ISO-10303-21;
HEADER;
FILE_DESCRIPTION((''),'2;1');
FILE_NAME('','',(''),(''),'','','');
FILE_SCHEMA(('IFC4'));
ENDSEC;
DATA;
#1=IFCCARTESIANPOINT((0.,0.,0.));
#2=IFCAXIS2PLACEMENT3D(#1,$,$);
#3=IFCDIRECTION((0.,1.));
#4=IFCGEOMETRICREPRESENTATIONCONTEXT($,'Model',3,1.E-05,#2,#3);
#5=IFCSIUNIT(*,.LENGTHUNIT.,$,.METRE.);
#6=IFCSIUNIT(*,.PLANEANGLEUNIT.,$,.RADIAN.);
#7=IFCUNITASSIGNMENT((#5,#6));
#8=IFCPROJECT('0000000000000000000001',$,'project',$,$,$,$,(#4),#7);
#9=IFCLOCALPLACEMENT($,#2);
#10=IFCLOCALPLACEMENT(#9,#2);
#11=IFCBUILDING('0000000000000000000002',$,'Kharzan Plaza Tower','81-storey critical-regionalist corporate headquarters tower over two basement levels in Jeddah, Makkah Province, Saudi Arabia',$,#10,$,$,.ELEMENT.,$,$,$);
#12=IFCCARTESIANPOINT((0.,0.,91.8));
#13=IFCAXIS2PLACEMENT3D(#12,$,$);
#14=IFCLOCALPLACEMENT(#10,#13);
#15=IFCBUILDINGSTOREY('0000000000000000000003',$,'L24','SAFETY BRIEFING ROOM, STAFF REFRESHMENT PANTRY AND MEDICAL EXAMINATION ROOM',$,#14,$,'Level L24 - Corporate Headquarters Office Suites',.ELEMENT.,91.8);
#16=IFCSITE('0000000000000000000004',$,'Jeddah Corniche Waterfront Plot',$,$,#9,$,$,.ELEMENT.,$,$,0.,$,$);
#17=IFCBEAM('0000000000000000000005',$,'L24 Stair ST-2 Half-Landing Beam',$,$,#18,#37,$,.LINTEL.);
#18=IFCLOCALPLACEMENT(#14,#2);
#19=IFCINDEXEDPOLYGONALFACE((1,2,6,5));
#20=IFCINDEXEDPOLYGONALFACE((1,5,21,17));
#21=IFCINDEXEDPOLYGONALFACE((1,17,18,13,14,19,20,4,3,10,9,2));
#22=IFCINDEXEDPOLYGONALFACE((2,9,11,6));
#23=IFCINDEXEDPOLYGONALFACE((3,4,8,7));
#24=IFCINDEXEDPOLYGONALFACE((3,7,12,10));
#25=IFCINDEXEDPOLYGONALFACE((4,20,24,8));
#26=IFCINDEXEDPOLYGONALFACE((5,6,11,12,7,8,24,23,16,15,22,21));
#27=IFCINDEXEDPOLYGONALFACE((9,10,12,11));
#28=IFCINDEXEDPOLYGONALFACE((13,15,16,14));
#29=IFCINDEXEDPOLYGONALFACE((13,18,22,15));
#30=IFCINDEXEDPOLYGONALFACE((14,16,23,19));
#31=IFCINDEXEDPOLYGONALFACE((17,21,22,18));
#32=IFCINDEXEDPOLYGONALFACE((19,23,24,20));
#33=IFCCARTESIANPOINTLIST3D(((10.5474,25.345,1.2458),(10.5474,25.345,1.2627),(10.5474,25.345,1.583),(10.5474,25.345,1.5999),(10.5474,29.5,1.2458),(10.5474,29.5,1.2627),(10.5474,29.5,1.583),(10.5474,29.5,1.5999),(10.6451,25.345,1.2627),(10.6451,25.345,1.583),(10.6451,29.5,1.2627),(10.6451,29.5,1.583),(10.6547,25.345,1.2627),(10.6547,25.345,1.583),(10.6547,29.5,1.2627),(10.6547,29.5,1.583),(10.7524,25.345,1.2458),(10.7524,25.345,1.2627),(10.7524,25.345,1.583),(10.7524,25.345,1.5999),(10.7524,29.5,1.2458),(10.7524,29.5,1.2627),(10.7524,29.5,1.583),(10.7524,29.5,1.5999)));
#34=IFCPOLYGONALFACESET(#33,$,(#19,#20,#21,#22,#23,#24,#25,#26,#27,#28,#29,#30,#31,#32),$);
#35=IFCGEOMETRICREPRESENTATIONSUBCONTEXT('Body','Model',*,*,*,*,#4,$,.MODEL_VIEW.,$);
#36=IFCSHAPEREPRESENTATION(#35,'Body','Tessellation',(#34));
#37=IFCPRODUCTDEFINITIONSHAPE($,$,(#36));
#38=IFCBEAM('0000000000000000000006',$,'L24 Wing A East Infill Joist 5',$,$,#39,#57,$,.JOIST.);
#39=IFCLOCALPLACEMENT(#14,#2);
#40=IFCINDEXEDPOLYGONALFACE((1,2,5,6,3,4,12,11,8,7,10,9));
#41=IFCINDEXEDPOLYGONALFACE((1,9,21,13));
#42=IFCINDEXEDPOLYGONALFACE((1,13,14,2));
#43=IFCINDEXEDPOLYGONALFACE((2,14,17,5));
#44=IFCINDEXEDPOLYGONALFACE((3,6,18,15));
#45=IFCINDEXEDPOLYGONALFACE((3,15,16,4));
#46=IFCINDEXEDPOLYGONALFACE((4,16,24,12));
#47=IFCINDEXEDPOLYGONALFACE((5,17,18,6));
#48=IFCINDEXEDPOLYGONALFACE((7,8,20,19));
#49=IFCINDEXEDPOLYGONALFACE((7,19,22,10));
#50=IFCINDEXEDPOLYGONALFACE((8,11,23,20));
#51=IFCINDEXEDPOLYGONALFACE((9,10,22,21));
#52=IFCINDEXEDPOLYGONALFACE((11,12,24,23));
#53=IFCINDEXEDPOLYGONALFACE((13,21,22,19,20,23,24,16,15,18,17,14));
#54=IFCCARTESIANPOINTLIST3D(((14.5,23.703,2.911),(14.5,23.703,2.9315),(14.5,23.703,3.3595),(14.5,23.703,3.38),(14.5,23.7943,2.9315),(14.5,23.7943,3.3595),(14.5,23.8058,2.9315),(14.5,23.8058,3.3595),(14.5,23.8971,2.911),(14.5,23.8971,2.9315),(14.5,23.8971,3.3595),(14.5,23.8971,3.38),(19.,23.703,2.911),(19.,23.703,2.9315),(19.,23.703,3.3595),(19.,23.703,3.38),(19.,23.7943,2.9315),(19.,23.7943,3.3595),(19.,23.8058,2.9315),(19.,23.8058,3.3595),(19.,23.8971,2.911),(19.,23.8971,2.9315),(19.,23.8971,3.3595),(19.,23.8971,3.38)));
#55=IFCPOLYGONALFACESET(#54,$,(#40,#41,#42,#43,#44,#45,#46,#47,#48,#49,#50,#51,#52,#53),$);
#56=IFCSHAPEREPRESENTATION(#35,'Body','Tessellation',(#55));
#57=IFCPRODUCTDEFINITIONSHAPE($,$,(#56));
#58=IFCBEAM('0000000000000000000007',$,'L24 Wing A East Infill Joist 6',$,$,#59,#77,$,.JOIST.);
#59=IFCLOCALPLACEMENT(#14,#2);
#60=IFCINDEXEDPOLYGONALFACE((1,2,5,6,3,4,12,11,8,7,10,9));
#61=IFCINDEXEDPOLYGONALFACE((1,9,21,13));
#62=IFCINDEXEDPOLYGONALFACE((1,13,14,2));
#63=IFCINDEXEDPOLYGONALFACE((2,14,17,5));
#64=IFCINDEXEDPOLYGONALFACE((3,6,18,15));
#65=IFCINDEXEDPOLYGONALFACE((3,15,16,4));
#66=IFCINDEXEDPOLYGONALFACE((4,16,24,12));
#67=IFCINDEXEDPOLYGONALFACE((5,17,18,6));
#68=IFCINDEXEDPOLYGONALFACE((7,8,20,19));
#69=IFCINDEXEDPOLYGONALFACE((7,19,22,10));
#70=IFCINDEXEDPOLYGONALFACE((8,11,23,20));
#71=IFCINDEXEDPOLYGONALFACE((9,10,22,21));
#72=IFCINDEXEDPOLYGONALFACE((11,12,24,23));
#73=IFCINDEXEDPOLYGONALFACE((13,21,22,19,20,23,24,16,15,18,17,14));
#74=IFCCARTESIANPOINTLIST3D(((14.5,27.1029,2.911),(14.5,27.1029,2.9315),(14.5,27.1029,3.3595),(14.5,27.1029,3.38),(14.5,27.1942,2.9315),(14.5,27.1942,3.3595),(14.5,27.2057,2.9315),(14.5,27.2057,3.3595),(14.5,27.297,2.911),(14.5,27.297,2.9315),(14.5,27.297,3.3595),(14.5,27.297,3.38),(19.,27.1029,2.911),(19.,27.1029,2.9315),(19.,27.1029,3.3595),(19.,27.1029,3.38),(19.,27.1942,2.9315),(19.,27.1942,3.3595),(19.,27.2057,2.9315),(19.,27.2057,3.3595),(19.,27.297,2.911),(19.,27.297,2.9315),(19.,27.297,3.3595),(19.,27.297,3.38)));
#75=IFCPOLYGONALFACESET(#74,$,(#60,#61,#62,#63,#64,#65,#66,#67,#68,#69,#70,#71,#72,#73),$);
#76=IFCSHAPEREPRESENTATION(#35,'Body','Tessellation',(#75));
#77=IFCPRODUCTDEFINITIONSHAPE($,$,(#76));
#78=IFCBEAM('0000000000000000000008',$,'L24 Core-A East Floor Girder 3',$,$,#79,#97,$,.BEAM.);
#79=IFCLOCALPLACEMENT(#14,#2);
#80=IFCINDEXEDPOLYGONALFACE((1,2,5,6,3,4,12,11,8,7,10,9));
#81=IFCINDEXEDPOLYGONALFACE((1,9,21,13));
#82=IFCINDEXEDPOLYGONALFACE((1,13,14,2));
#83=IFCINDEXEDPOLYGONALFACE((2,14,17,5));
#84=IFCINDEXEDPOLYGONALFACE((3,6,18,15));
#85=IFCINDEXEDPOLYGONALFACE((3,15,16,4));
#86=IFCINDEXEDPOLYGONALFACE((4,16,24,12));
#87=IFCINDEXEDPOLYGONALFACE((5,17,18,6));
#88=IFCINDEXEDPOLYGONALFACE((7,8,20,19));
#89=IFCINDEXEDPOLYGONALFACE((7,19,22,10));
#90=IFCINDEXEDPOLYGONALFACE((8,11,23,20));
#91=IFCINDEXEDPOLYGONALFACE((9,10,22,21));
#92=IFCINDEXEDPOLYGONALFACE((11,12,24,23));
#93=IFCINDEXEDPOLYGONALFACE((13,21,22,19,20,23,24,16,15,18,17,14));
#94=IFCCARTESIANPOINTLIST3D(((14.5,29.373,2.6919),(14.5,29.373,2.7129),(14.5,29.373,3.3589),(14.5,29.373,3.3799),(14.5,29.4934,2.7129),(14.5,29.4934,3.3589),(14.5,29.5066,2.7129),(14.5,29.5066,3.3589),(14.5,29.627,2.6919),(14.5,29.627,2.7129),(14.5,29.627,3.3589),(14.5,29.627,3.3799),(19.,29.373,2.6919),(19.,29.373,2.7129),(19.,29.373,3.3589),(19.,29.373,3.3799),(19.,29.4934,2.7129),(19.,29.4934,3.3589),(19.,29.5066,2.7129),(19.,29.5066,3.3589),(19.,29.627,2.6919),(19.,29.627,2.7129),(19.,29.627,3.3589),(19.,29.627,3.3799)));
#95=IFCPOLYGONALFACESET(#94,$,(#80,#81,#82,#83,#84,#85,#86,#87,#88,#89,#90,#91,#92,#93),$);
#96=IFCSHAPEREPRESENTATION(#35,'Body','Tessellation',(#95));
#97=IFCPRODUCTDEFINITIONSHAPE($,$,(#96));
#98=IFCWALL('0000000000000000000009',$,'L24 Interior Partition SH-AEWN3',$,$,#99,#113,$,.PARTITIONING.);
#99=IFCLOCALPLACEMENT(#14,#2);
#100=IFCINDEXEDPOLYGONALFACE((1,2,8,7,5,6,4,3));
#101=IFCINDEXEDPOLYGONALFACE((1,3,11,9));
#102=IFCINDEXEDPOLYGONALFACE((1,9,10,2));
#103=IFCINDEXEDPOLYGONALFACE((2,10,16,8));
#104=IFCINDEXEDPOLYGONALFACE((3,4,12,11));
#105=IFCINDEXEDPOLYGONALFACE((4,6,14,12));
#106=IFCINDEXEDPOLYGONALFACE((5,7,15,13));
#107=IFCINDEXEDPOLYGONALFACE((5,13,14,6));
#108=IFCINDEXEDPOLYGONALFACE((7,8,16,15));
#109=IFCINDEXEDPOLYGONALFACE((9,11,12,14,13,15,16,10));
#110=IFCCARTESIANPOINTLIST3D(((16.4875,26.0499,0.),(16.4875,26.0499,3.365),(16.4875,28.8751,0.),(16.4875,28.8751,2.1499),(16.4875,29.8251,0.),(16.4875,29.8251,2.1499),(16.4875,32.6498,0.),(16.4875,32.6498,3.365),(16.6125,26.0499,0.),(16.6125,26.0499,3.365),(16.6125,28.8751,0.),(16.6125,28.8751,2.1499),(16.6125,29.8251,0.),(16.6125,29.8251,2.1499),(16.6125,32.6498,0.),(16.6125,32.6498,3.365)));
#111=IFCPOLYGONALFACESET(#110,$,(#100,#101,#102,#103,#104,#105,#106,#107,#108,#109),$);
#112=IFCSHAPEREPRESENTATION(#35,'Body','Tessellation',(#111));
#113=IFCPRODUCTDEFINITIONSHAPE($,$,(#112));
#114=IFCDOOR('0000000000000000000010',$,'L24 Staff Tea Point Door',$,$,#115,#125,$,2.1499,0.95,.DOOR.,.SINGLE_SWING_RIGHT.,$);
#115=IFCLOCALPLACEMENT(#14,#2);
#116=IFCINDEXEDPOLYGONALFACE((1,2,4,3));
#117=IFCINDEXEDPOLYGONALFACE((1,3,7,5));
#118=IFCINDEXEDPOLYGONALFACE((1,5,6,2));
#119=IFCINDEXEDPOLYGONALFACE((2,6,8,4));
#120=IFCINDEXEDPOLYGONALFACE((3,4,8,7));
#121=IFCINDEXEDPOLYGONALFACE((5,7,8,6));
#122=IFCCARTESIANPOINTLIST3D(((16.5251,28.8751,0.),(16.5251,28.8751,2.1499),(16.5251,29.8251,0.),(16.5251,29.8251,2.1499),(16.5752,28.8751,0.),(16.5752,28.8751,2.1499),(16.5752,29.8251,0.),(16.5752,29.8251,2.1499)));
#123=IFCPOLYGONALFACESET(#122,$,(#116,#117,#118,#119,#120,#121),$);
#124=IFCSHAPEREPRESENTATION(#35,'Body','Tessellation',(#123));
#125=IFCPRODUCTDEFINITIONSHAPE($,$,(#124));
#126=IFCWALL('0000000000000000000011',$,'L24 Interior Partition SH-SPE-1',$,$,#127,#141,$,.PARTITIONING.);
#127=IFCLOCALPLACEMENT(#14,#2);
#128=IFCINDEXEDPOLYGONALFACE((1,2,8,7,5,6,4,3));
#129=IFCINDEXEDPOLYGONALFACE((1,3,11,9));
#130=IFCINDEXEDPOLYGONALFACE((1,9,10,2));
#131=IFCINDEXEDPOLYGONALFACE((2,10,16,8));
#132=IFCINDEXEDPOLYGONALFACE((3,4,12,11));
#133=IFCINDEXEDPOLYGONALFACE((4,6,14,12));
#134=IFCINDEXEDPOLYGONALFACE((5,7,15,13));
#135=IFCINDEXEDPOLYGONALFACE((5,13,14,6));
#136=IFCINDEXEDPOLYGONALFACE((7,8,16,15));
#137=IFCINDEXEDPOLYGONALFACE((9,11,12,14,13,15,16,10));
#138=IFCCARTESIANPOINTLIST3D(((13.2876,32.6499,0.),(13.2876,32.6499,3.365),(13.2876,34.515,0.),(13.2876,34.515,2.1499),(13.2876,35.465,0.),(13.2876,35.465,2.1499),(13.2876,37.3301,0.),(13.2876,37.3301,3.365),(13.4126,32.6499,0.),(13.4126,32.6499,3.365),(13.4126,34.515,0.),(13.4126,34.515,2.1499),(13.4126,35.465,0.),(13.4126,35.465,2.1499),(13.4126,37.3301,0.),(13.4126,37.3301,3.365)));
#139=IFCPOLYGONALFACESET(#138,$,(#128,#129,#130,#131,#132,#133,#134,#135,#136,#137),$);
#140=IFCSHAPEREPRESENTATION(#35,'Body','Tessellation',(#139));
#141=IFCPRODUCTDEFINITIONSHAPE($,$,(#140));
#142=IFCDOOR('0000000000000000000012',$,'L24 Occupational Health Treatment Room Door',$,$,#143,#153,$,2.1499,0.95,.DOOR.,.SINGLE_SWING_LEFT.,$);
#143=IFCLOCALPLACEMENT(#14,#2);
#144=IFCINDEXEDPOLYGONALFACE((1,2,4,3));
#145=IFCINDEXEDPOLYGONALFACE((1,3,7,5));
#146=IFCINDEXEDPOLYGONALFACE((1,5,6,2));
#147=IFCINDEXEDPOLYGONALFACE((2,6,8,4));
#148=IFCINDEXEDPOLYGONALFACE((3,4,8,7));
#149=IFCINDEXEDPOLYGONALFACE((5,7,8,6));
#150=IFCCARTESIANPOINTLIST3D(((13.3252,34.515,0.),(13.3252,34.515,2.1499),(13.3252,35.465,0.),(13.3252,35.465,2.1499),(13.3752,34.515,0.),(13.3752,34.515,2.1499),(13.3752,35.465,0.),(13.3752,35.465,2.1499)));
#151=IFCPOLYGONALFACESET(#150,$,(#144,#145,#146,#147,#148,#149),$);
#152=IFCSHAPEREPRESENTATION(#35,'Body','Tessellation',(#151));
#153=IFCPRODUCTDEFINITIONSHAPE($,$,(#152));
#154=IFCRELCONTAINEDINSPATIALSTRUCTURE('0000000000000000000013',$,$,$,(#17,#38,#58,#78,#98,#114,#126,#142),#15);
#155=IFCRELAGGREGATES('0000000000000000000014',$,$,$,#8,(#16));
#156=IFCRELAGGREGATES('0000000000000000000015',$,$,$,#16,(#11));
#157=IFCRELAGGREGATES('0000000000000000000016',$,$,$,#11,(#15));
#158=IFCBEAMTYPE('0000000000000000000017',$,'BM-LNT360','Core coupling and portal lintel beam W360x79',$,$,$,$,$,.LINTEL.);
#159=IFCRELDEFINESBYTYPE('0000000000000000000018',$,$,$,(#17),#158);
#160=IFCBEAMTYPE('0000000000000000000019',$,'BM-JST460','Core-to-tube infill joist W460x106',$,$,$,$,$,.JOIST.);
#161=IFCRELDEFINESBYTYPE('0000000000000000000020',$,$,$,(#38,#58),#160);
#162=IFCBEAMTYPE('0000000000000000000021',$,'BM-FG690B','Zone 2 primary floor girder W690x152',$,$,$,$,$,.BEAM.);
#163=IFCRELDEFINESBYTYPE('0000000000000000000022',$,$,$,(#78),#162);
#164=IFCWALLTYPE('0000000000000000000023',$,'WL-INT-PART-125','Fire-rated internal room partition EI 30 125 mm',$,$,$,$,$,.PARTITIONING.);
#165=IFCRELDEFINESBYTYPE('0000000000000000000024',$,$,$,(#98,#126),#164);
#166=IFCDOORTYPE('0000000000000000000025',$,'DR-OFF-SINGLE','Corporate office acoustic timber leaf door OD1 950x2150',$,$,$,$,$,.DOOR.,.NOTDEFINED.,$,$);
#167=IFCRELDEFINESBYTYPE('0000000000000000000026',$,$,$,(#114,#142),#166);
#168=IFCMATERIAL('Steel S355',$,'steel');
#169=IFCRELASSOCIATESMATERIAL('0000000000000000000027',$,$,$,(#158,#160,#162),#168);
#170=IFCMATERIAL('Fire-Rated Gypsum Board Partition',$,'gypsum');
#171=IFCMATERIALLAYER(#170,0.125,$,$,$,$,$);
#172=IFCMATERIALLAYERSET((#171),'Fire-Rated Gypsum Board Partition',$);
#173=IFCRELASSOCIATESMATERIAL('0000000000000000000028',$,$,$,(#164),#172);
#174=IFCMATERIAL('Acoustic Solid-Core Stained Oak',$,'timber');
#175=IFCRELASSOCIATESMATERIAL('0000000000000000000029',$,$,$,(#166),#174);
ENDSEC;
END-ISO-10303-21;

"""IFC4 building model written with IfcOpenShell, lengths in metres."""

from ifc_helpers import new_model, si_unit, direction, frame, frame_2d, origin, origin_2d, place, context, subcontext, project, spatial, rectangle, i_section, extrude, source, transform, mapped, material, layer, layer_set, material_profile, profile_set, type_object, element, fill, save


model = new_model("IFC4")

# Units and contexts
model_context = context("Model", 3, precision=1e-05, world=origin(), true_north=direction((0.0, 1.0)))
body_context = subcontext(model_context, "Body", "Model", "MODEL_VIEW")
ifc_project = project(units=[si_unit("LENGTHUNIT", "METRE"), si_unit("PLANEANGLEUNIT", "RADIAN")], contexts=[model_context])

# Site, building, storey
site_placement = place(None, origin())
site = spatial("IfcSite", under=ifc_project, at=site_placement, Name="Jeddah Corniche Waterfront Plot", CompositionType="ELEMENT", RefElevation=0.0)
building_placement = place(site_placement, origin())
building = spatial("IfcBuilding", under=site, at=building_placement, Name="Kharzan Plaza Tower", Description="81-storey critical-regionalist corporate headquarters tower over two basement levels in Jeddah, Makkah Province, Saudi Arabia", CompositionType="ELEMENT")
storey_placement = place(building_placement, frame((0.0, 0.0, 91.8)))
storey = spatial("IfcBuildingStorey", under=building, at=storey_placement, Name="L24", Description="SAFETY BRIEFING ROOM, STAFF REFRESHMENT PANTRY AND MEDICAL EXAMINATION ROOM", LongName="Level L24 - Corporate Headquarters Office Suites", CompositionType="ELEMENT", Elevation=91.8)

# Beams
ifc_material_1 = material(Name="Steel S355", Category="steel")
ifc_material_profile_1 = material_profile(ifc_material_1, i_section(OverallWidth=0.2051, OverallDepth=0.354, WebThickness=0.0095, FlangeThickness=0.0168, at=origin_2d()), Name="W360x79")
ifc_profile_set_1 = profile_set([ifc_material_profile_1], Name="Steel S355")
beam_type_1 = type_object("IfcBeamType", Name="BM-LNT360", Description="Core coupling and portal lintel beam W360x79", PredefinedType="LINTEL", material=ifc_profile_set_1)
shared_shape_1 = source(origin(), body_context, "Body", "SweptSolid", [
    extrude(i_section(OverallWidth=0.2051, OverallDepth=0.354, WebThickness=0.0095, FlangeThickness=0.0168, at=origin_2d()), origin(), (0.0, 0.0, 1.0), 4.155),
])
beam_1_placement = place(storey_placement, frame((10.6499, 25.345, 1.4229), z_axis=(0.0, 1.0, 0.0), x_axis=(-1.0, 0.0, 0.0)))
element("IfcBeam", 1, at=beam_1_placement, inside=storey, type_object=beam_type_1, Name="L24 Stair ST-2 Half-Landing Beam", PredefinedType="LINTEL", context=body_context, shape_type="MappedRepresentation", body=[
    mapped(shared_shape_1, transform((0.0, 0.0, 0.0), x_axis=(1.0, 0.0, 0.0), y_axis=(0.0, 1.0, 0.0), z_axis=(0.0, 0.0, 1.0))),
])
ifc_material_profile_2 = material_profile(ifc_material_1, i_section(OverallWidth=0.1941, OverallDepth=0.469, WebThickness=0.0115, FlangeThickness=0.0205, at=origin_2d()), Name="W460x106")
ifc_profile_set_2 = profile_set([ifc_material_profile_2], Name="Steel S355")
beam_type_2 = type_object("IfcBeamType", Name="BM-JST460", Description="Core-to-tube infill joist W460x106", PredefinedType="JOIST", material=ifc_profile_set_2)
shared_shape_2 = source(origin(), body_context, "Body", "SweptSolid", [
    extrude(i_section(OverallWidth=0.1941, OverallDepth=0.469, WebThickness=0.0115, FlangeThickness=0.0205, at=origin_2d()), origin(), (0.0, 0.0, 1.0), 4.5),
])
for number, where, z_axis, x_axis, name in (
    (2, (14.5, 23.8, 3.1455), (1.0, 0.0, 0.0), (0.0, 1.0, 0.0), "L24 Wing A East Infill Joist 5"),
    (3, (14.5, 27.2, 3.1455), (1.0, 0.0, 0.0), (0.0, 1.0, 0.0), "L24 Wing A East Infill Joist 6"),
):
    element("IfcBeam", number, at=place(storey_placement, frame(where, z_axis=z_axis, x_axis=x_axis)), inside=storey, type_object=beam_type_2, Name=name, PredefinedType="JOIST", context=body_context, shape_type="MappedRepresentation", body=[
        mapped(shared_shape_2, transform((0.0, 0.0, 0.0), x_axis=(1.0, 0.0, 0.0), y_axis=(0.0, 1.0, 0.0), z_axis=(0.0, 0.0, 1.0))),
    ])
ifc_material_profile_3 = material_profile(ifc_material_1, i_section(OverallWidth=0.2539, OverallDepth=0.688, WebThickness=0.0132, FlangeThickness=0.021, at=origin_2d()), Name="W690x152")
ifc_profile_set_3 = profile_set([ifc_material_profile_3], Name="Steel S355")
beam_type_3 = type_object("IfcBeamType", Name="BM-FG690B", Description="Zone 2 primary floor girder W690x152", PredefinedType="BEAM", material=ifc_profile_set_3)
shared_shape_3 = source(origin(), body_context, "Body", "SweptSolid", [
    extrude(i_section(OverallWidth=0.2539, OverallDepth=0.688, WebThickness=0.0132, FlangeThickness=0.021, at=origin_2d()), origin(), (0.0, 0.0, 1.0), 4.5),
])
beam_2_placement = place(storey_placement, frame((14.5, 29.5, 3.0359), z_axis=(1.0, 0.0, 0.0), x_axis=(0.0, 1.0, 0.0)))
element("IfcBeam", 4, at=beam_2_placement, inside=storey, type_object=beam_type_3, Name="L24 Core-A East Floor Girder 3", PredefinedType="BEAM", context=body_context, shape_type="MappedRepresentation", body=[
    mapped(shared_shape_3, transform((0.0, 0.0, 0.0), x_axis=(1.0, 0.0, 0.0), y_axis=(0.0, 1.0, 0.0), z_axis=(0.0, 0.0, 1.0))),
])

# Walls, openings, doors
ifc_material_2 = material(Name="Fire-Rated Gypsum Board Partition", Category="gypsum")
ifc_layer_1 = layer(ifc_material_2, 0.125)
ifc_layer_set_1 = layer_set([ifc_layer_1], Name="Fire-Rated Gypsum Board Partition")
wall_type_1 = type_object("IfcWallType", Name="WL-INT-PART-125", Description="Fire-rated internal room partition EI 30 125 mm", PredefinedType="PARTITIONING", material=ifc_layer_set_1)
wall_1_placement = place(storey_placement, frame((16.55, 26.05, 0.0), z_axis=(0.0, 0.0, 1.0), x_axis=(0.0, 1.0, 0.0)))
wall_1 = element("IfcWall", 5, at=wall_1_placement, inside=storey, type_object=wall_type_1, Name="L24 Interior Partition SH-AEWN3", PredefinedType="PARTITIONING", context=body_context, shape_type="SweptSolid", body=[
    extrude(rectangle(XDim=6.5999, YDim=0.125, at=frame_2d((3.2998, 0.0))), origin(), (0.0, 0.0, 1.0), 3.365),
])
opening_1_placement = place(wall_1_placement, frame((2.825, 0.0, 0.0)))
opening_1 = element("IfcOpeningElement", 6, at=opening_1_placement, cuts=wall_1, PredefinedType="OPENING", context=body_context, shape_type="SweptSolid", body=[
    extrude(rectangle(XDim=0.95, YDim=2.1499, at=frame_2d((0.4751, 1.075))), frame((0.0, 0.0725, 0.0), z_axis=(0.0, -1.0, 0.0), x_axis=(1.0, 0.0, 0.0)), (0.0, 0.0, 1.0), 0.145),
])
ifc_material_3 = material(Name="Acoustic Solid-Core Stained Oak", Category="timber")
door_type_1 = type_object("IfcDoorType", Name="DR-OFF-SINGLE", Description="Corporate office acoustic timber leaf door OD1 950x2150", OperationType="NOTDEFINED", PredefinedType="DOOR", material=ifc_material_3)
shared_shape_4 = source(origin(), body_context, "Body", "SweptSolid", [
    extrude(rectangle(XDim=0.95, YDim=2.1499, at=frame_2d((0.4751, 1.075))), frame((0.0, 0.0249, 0.0), z_axis=(0.0, -1.0, 0.0), x_axis=(1.0, 0.0, 0.0)), (0.0, 0.0, 1.0), 0.05),
])
door_1_placement = place(opening_1_placement, origin())
door_1 = element("IfcDoor", 7, at=door_1_placement, inside=storey, type_object=door_type_1, Name="L24 Staff Tea Point Door", OperationType="SINGLE_SWING_RIGHT", OverallHeight=2.1499, OverallWidth=0.95, PredefinedType="DOOR", context=body_context, shape_type="MappedRepresentation", body=[
    mapped(shared_shape_4, transform((0.0, 0.0, 0.0), x_axis=(1.0, 0.0, 0.0), y_axis=(0.0, 1.0, 0.0), z_axis=(0.0, 0.0, 1.0))),
])
fill(opening_1, door_1)
wall_2_placement = place(storey_placement, frame((13.3501, 32.6499, 0.0), z_axis=(0.0, 0.0, 1.0), x_axis=(0.0, 1.0, 0.0)))
wall_2 = element("IfcWall", 8, at=wall_2_placement, inside=storey, type_object=wall_type_1, Name="L24 Interior Partition SH-SPE-1", PredefinedType="PARTITIONING", context=body_context, shape_type="SweptSolid", body=[
    extrude(rectangle(XDim=4.6802, YDim=0.125, at=frame_2d((2.3401, 0.0))), origin(), (0.0, 0.0, 1.0), 3.365),
])
opening_2_placement = place(wall_2_placement, frame((1.865, 0.0, 0.0)))
opening_2 = element("IfcOpeningElement", 9, at=opening_2_placement, cuts=wall_2, PredefinedType="OPENING", context=body_context, shape_type="SweptSolid", body=[
    extrude(rectangle(XDim=0.95, YDim=2.1499, at=frame_2d((0.4751, 1.075))), frame((0.0, 0.0725, 0.0), z_axis=(0.0, -1.0, 0.0), x_axis=(1.0, 0.0, 0.0)), (0.0, 0.0, 1.0), 0.145),
])
door_2_placement = place(opening_2_placement, origin())
door_2 = element("IfcDoor", 10, at=door_2_placement, inside=storey, type_object=door_type_1, Name="L24 Occupational Health Treatment Room Door", OperationType="SINGLE_SWING_LEFT", OverallHeight=2.1499, OverallWidth=0.95, PredefinedType="DOOR", context=body_context, shape_type="MappedRepresentation", body=[
    mapped(shared_shape_4, transform((0.0, 0.0, 0.0), x_axis=(1.0, 0.0, 0.0), y_axis=(0.0, 1.0, 0.0), z_axis=(0.0, 0.0, 1.0))),
])
fill(opening_2, door_2)

save(model, "model.ifc")
